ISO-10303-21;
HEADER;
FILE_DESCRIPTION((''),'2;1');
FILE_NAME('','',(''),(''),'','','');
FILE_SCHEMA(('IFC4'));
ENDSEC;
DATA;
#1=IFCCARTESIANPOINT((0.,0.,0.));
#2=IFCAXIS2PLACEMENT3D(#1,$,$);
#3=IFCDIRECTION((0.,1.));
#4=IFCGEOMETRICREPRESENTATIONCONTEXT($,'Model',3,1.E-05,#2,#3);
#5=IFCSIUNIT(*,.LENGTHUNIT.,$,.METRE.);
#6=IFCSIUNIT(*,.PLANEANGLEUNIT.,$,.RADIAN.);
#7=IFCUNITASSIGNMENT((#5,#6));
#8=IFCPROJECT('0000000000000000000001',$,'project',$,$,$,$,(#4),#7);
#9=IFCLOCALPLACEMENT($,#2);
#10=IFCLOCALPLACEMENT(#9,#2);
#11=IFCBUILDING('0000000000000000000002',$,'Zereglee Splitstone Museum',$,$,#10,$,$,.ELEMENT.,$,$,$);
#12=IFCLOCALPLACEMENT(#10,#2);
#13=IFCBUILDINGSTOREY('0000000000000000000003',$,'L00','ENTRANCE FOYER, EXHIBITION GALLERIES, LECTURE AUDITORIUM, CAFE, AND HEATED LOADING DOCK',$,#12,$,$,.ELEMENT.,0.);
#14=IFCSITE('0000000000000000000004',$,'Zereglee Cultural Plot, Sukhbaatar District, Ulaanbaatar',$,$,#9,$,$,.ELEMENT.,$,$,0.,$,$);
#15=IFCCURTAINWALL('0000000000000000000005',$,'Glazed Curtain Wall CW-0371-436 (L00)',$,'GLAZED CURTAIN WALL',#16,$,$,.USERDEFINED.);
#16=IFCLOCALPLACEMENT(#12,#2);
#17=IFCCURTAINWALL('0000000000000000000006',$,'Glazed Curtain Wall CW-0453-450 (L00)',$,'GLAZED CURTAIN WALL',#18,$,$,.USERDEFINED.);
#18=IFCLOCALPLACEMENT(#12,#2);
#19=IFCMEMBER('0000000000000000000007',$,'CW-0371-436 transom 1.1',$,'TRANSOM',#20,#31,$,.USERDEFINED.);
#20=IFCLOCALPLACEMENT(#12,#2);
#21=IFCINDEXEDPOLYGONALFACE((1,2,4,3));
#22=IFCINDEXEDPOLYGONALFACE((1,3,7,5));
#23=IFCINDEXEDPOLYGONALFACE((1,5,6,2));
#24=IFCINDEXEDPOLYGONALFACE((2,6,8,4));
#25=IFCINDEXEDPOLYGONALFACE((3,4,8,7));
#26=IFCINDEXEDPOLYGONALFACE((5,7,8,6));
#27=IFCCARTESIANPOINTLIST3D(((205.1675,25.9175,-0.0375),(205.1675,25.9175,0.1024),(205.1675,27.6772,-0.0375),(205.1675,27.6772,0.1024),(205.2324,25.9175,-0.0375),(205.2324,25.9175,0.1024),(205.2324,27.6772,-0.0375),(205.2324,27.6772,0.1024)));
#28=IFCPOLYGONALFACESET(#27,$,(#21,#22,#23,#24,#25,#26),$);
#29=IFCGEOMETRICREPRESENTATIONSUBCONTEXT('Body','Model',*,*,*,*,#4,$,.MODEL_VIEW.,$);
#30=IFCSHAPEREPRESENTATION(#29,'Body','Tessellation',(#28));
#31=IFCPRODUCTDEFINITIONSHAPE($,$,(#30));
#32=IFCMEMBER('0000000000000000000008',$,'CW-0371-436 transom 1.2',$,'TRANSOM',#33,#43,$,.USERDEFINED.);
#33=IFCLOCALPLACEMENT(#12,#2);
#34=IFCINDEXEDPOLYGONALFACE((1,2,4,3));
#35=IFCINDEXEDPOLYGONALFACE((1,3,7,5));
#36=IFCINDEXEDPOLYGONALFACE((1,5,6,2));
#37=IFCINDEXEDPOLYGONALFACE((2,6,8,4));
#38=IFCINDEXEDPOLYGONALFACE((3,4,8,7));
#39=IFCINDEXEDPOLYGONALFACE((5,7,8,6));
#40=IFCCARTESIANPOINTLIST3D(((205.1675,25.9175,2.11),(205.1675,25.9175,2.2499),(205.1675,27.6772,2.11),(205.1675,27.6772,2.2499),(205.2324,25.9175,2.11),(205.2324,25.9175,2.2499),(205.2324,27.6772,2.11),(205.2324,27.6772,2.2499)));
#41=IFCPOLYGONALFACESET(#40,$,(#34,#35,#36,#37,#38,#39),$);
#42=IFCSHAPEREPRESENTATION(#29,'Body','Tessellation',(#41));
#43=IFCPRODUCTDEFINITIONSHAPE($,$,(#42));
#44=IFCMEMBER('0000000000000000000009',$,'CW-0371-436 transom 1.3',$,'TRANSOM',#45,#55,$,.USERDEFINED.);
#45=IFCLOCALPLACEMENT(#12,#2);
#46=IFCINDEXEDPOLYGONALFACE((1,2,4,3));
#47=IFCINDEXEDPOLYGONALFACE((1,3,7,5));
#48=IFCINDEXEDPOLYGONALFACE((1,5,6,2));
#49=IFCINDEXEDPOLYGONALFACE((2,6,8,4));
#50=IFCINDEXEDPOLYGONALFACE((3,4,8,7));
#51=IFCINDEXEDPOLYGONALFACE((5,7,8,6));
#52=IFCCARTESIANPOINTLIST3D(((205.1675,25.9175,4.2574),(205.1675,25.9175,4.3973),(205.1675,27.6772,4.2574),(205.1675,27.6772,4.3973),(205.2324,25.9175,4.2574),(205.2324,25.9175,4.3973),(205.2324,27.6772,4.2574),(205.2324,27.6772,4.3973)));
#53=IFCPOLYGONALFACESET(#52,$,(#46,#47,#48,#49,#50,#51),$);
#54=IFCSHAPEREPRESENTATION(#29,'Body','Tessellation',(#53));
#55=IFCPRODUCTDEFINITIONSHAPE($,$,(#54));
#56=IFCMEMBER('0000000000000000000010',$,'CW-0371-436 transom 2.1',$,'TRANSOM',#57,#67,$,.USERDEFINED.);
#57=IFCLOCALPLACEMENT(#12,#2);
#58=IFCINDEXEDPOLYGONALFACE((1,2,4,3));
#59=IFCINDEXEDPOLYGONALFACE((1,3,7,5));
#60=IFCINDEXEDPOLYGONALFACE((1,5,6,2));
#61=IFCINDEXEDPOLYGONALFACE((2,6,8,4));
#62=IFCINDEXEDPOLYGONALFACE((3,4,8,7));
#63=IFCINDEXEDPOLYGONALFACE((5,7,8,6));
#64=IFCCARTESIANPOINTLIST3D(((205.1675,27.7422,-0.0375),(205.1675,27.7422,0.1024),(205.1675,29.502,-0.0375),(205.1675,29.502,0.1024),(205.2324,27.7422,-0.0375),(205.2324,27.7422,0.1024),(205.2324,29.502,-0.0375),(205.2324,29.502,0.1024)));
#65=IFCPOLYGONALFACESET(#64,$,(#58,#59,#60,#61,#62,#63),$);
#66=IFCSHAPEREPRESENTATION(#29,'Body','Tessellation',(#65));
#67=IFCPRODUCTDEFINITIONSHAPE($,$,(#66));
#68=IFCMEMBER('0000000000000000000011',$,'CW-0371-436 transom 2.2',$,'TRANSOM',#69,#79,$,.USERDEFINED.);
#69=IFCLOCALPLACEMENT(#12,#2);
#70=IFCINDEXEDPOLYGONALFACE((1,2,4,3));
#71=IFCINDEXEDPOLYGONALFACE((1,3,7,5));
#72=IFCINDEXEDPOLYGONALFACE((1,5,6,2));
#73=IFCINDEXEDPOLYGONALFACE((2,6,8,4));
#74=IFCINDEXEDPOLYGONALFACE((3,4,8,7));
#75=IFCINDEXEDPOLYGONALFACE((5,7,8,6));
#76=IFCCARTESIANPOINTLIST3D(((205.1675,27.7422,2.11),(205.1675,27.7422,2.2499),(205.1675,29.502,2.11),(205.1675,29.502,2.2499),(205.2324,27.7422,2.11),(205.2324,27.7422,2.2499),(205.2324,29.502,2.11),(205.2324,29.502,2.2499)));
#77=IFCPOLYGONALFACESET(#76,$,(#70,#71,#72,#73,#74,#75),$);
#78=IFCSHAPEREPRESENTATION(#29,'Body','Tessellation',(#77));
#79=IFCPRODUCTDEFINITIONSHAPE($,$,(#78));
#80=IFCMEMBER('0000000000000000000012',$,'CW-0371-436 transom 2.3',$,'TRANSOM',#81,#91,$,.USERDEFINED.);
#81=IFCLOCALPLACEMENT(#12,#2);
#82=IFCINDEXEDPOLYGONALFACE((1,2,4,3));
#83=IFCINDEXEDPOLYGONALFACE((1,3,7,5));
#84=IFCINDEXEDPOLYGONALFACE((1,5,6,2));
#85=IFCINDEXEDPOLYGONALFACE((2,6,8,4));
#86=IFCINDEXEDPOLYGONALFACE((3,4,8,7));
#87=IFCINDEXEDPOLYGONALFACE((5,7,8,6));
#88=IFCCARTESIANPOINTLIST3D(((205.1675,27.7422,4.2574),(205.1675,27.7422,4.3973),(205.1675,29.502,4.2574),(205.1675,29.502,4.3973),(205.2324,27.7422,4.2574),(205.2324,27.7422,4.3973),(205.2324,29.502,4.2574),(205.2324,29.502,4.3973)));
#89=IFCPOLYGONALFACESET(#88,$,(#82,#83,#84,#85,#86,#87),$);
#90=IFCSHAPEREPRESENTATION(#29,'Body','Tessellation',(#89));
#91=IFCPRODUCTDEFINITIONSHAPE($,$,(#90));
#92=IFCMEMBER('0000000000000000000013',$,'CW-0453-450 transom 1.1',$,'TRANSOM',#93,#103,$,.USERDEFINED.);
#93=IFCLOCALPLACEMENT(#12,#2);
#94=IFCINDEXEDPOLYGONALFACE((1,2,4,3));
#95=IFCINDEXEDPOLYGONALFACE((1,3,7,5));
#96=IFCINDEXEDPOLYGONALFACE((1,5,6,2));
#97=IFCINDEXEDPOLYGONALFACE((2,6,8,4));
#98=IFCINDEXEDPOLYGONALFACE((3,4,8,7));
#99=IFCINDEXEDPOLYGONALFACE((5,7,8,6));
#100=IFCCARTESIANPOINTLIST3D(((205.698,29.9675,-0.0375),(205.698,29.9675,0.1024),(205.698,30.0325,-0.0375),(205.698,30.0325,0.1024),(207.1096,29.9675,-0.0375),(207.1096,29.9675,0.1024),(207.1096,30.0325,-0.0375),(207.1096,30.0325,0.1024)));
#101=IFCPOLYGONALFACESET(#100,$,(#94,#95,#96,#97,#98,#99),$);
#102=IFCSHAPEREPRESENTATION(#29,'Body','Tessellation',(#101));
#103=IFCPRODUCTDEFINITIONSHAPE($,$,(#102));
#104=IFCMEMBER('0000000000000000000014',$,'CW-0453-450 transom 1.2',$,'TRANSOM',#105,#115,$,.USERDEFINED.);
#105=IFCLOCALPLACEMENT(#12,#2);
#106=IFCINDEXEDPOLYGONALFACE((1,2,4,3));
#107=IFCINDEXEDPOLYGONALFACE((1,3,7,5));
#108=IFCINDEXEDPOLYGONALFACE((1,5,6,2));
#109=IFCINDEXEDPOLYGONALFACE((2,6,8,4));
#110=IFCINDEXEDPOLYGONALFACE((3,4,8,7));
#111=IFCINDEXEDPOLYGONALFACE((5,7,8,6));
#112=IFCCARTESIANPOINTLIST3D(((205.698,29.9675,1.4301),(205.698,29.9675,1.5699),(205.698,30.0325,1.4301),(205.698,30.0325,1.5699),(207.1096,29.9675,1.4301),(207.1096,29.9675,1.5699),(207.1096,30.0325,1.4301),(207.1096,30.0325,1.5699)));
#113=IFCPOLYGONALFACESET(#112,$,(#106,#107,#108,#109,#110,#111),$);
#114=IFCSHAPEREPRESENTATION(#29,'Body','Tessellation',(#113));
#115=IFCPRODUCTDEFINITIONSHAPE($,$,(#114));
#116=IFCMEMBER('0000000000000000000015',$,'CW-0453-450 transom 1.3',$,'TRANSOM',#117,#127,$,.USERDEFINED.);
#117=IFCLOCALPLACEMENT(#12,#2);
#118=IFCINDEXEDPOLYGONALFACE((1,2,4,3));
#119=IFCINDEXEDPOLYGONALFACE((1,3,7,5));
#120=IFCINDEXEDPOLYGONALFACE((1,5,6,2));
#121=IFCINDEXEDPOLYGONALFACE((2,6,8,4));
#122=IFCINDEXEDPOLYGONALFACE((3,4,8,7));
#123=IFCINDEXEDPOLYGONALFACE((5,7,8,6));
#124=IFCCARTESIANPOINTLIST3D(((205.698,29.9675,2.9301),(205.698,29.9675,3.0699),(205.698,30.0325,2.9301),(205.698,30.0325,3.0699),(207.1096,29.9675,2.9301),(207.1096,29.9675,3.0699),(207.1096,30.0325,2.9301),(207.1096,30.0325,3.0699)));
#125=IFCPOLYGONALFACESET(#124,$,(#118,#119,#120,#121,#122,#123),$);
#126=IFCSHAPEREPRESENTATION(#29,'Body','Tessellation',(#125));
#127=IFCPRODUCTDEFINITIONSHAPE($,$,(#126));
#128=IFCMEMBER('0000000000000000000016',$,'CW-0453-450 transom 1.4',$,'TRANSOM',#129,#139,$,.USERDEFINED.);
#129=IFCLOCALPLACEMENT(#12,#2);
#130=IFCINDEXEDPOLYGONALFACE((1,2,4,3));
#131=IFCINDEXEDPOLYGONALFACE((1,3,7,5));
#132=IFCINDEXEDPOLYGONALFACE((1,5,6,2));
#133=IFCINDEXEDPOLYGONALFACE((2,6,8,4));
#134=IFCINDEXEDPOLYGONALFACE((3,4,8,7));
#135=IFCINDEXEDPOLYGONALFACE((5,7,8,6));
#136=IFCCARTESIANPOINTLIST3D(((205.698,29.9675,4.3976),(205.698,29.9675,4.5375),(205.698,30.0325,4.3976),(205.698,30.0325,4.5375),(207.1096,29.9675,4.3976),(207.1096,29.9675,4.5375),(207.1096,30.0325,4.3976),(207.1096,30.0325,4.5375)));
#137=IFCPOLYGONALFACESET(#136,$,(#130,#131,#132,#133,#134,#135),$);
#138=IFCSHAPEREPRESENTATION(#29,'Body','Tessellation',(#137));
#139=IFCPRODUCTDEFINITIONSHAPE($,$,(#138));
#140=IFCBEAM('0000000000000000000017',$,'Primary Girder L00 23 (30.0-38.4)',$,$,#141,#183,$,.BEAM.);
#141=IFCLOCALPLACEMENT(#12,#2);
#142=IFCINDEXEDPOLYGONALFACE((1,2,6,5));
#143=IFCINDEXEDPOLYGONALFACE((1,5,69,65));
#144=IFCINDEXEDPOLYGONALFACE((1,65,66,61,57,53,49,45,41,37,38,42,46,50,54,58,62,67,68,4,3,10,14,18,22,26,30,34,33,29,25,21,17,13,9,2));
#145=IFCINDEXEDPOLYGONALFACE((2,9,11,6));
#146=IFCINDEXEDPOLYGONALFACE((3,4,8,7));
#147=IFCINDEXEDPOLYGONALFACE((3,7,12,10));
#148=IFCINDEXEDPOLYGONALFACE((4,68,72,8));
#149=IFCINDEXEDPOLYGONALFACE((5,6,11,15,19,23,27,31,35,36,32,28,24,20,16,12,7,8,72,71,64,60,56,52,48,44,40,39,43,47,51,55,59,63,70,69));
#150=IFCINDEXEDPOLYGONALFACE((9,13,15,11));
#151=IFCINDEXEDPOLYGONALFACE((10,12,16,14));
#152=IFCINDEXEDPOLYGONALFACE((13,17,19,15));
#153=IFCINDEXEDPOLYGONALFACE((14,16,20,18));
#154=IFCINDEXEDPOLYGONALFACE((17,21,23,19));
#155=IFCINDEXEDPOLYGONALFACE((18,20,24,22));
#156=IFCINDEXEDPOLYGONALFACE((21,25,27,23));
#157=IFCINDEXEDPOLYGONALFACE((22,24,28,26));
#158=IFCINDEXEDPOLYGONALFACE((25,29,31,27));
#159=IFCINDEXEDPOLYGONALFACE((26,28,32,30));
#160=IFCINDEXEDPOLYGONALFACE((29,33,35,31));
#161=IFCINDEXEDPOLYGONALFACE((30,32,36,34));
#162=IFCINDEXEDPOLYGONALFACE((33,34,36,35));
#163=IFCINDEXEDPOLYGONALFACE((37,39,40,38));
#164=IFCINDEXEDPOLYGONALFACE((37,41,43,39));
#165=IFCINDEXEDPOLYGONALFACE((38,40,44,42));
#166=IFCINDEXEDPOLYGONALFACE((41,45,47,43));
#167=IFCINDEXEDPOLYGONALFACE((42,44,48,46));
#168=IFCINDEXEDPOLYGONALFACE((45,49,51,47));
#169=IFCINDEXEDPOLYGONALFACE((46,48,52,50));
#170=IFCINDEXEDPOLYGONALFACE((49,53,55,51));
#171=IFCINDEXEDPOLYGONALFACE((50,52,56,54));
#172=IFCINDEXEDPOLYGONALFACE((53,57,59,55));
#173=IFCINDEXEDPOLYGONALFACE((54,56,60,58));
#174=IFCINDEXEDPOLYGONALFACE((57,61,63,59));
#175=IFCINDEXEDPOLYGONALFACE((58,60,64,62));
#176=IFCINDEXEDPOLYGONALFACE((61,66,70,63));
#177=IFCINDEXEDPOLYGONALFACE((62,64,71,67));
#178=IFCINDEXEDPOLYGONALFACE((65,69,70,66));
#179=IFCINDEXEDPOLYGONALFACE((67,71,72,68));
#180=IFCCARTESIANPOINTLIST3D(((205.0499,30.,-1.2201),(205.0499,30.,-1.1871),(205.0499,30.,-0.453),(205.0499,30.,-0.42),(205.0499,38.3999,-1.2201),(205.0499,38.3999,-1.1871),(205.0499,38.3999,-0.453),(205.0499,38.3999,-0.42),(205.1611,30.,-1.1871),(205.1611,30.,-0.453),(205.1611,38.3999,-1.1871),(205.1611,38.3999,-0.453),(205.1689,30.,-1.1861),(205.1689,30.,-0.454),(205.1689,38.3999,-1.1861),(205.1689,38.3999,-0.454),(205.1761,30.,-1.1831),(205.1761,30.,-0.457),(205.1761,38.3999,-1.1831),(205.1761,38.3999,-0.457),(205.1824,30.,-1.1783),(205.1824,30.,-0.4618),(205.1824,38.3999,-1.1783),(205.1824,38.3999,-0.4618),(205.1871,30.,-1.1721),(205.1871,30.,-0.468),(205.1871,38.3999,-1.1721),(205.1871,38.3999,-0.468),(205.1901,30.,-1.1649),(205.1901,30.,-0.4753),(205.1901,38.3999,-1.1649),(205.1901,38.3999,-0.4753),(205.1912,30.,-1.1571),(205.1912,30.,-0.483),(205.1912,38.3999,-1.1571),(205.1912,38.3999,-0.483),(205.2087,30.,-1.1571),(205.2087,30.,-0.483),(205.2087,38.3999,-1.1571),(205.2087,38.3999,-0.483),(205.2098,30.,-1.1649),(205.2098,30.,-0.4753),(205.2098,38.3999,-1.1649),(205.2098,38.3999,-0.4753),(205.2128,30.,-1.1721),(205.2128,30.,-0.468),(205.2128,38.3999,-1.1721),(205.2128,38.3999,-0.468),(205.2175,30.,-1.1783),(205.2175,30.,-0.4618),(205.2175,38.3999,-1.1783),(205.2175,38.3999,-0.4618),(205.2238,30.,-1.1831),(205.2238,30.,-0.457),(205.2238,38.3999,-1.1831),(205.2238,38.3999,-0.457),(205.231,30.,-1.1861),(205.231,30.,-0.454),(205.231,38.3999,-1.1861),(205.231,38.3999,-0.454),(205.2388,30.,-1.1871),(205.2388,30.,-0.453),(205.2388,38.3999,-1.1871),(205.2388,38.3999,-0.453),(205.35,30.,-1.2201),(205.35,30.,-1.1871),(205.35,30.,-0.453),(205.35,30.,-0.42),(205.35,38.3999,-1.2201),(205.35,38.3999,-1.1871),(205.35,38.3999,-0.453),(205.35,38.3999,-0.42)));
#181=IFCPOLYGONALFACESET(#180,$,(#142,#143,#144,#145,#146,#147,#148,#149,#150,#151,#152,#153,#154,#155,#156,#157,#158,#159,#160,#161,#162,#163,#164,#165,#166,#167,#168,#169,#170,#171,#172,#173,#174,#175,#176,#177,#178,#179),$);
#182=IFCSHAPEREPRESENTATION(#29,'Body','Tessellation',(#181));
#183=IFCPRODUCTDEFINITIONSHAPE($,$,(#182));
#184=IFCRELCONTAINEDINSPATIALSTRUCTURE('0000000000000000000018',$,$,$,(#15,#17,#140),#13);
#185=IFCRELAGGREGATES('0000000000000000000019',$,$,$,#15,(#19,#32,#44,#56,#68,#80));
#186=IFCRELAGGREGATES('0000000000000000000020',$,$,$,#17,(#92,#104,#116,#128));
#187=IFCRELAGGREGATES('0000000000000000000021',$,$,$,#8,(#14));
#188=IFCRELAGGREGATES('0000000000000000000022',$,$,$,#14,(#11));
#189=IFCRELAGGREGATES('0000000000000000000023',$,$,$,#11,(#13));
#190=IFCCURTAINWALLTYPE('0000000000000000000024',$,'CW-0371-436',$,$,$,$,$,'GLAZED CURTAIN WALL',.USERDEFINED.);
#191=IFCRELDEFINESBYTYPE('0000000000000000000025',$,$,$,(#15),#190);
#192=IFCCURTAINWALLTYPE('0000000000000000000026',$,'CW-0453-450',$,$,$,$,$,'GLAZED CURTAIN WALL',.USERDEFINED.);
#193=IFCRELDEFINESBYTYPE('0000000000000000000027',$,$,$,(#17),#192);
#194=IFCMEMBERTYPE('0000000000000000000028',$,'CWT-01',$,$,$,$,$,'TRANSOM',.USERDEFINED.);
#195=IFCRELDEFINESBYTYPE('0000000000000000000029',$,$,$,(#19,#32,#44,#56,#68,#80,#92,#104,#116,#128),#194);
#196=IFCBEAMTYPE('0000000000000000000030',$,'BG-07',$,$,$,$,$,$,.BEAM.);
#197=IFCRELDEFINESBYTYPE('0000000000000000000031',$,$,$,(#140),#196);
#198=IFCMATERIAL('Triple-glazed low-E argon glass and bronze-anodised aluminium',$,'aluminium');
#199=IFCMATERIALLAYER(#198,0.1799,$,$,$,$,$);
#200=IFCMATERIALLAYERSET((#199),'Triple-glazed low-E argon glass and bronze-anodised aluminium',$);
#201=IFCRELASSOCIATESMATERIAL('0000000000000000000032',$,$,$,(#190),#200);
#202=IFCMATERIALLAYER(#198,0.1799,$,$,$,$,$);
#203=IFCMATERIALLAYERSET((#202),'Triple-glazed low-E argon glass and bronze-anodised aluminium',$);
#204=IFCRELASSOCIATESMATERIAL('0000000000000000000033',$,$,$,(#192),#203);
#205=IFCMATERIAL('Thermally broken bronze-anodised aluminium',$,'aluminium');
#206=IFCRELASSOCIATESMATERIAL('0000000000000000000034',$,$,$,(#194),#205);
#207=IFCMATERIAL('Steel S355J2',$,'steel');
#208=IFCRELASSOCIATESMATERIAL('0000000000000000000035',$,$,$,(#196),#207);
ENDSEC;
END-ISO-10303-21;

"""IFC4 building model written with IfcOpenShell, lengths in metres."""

from ifc_helpers import new_model, si_unit, direction, frame, origin, origin_2d, place, context, subcontext, project, spatial, rectangle, i_section, extrude, material, layer, layer_set, material_profile, profile_set, type_object, element, aggregate, save


model = new_model("IFC4")

# Units and contexts
model_context = context("Model", 3, precision=1e-05, world=origin(), true_north=direction((0.0, 1.0)))
body_context = subcontext(model_context, "Body", "Model", "MODEL_VIEW")
ifc_project = project(units=[si_unit("LENGTHUNIT", "METRE"), si_unit("PLANEANGLEUNIT", "RADIAN")], contexts=[model_context])

# Site, building, storey
site_placement = place(None, origin())
site = spatial("IfcSite", under=ifc_project, at=site_placement, Name="Zereglee Cultural Plot, Sukhbaatar District, Ulaanbaatar", CompositionType="ELEMENT", RefElevation=0.0)
building_placement = place(site_placement, origin())
building = spatial("IfcBuilding", under=site, at=building_placement, Name="Zereglee Splitstone Museum", CompositionType="ELEMENT")
storey_placement = place(building_placement, origin())
storey = spatial("IfcBuildingStorey", under=building, at=storey_placement, Name="L00", Description="ENTRANCE FOYER, EXHIBITION GALLERIES, LECTURE AUDITORIUM, CAFE, AND HEATED LOADING DOCK", CompositionType="ELEMENT", Elevation=0.0)

# Curtain wall
ifc_material_1 = material(Name="Triple-glazed low-E argon glass and bronze-anodised aluminium", Category="aluminium")
ifc_material_2 = material(Name="Thermally broken bronze-anodised aluminium", Category="aluminium")
ifc_layer_1 = layer(ifc_material_1, 0.1799)
ifc_layer_set_1 = layer_set([ifc_layer_1], Name="Triple-glazed low-E argon glass and bronze-anodised aluminium")
curtain_wall_type_1 = type_object("IfcCurtainWallType", Name="CW-0371-436", ElementType="GLAZED CURTAIN WALL", PredefinedType="USERDEFINED", material=ifc_layer_set_1)
curtain_wall_1_placement = place(storey_placement, origin())
curtain_wall_1 = element("IfcCurtainWall", 1, at=curtain_wall_1_placement, inside=storey, type_object=curtain_wall_type_1, Name="Glazed Curtain Wall CW-0371-436 (L00)", ObjectType="GLAZED CURTAIN WALL", PredefinedType="USERDEFINED")

# Curtain wall
ifc_layer_2 = layer(ifc_material_1, 0.1799)
ifc_layer_set_2 = layer_set([ifc_layer_2], Name="Triple-glazed low-E argon glass and bronze-anodised aluminium")
curtain_wall_type_2 = type_object("IfcCurtainWallType", Name="CW-0453-450", ElementType="GLAZED CURTAIN WALL", PredefinedType="USERDEFINED", material=ifc_layer_set_2)
curtain_wall_2_placement = place(storey_placement, origin())
curtain_wall_2 = element("IfcCurtainWall", 2, at=curtain_wall_2_placement, inside=storey, type_object=curtain_wall_type_2, Name="Glazed Curtain Wall CW-0453-450 (L00)", ObjectType="GLAZED CURTAIN WALL", PredefinedType="USERDEFINED")

# Members
ifc_material_profile_1 = material_profile(ifc_material_2, rectangle(XDim=0.0649, YDim=0.1399, at=origin_2d()), Name="CW TRAN 65x140")
ifc_profile_set_1 = profile_set([ifc_material_profile_1], Name="Thermally broken bronze-anodised aluminium")
member_type_1 = type_object("IfcMemberType", Name="CWT-01", ElementType="TRANSOM", PredefinedType="USERDEFINED", material=ifc_profile_set_1)
member_1_placement = place(storey_placement, frame((205.2, 25.9175, 0.0325), z_axis=(0.0, 1.0, 0.0), x_axis=(-1.0, 0.0, 0.0)))
member_1 = element("IfcMember", 3, at=member_1_placement, type_object=member_type_1, Name="CW-0371-436 transom 1.1", ObjectType="TRANSOM", PredefinedType="USERDEFINED", context=body_context, shape_type="SweptSolid", body=[
    extrude(rectangle(XDim=0.0649, YDim=0.1399, at=origin_2d()), origin(), (0.0, 0.0, 1.0), 1.7598),
])
member_2_placement = place(storey_placement, frame((205.2, 25.9175, 2.1799), z_axis=(0.0, 1.0, 0.0), x_axis=(-1.0, 0.0, 0.0)))
member_2 = element("IfcMember", 4, at=member_2_placement, type_object=member_type_1, Name="CW-0371-436 transom 1.2", ObjectType="TRANSOM", PredefinedType="USERDEFINED", context=body_context, shape_type="SweptSolid", body=[
    extrude(rectangle(XDim=0.0649, YDim=0.1399, at=origin_2d()), origin(), (0.0, 0.0, 1.0), 1.7598),
])
member_3_placement = place(storey_placement, frame((205.2, 25.9175, 4.3274), z_axis=(0.0, 1.0, 0.0), x_axis=(-1.0, 0.0, 0.0)))
member_3 = element("IfcMember", 5, at=member_3_placement, type_object=member_type_1, Name="CW-0371-436 transom 1.3", ObjectType="TRANSOM", PredefinedType="USERDEFINED", context=body_context, shape_type="SweptSolid", body=[
    extrude(rectangle(XDim=0.0649, YDim=0.1399, at=origin_2d()), origin(), (0.0, 0.0, 1.0), 1.7598),
])
member_4_placement = place(storey_placement, frame((205.2, 27.7422, 0.0325), z_axis=(0.0, 1.0, 0.0), x_axis=(-1.0, 0.0, 0.0)))
member_4 = element("IfcMember", 6, at=member_4_placement, type_object=member_type_1, Name="CW-0371-436 transom 2.1", ObjectType="TRANSOM", PredefinedType="USERDEFINED", context=body_context, shape_type="SweptSolid", body=[
    extrude(rectangle(XDim=0.0649, YDim=0.1399, at=origin_2d()), origin(), (0.0, 0.0, 1.0), 1.7598),
])
member_5_placement = place(storey_placement, frame((205.2, 27.7422, 2.1799), z_axis=(0.0, 1.0, 0.0), x_axis=(-1.0, 0.0, 0.0)))
member_5 = element("IfcMember", 7, at=member_5_placement, type_object=member_type_1, Name="CW-0371-436 transom 2.2", ObjectType="TRANSOM", PredefinedType="USERDEFINED", context=body_context, shape_type="SweptSolid", body=[
    extrude(rectangle(XDim=0.0649, YDim=0.1399, at=origin_2d()), origin(), (0.0, 0.0, 1.0), 1.7598),
])
member_6_placement = place(storey_placement, frame((205.2, 27.7422, 4.3274), z_axis=(0.0, 1.0, 0.0), x_axis=(-1.0, 0.0, 0.0)))
member_6 = element("IfcMember", 8, at=member_6_placement, type_object=member_type_1, Name="CW-0371-436 transom 2.3", ObjectType="TRANSOM", PredefinedType="USERDEFINED", context=body_context, shape_type="SweptSolid", body=[
    extrude(rectangle(XDim=0.0649, YDim=0.1399, at=origin_2d()), origin(), (0.0, 0.0, 1.0), 1.7598),
])
member_7_placement = place(storey_placement, frame((205.698, 30.0, 0.0325), z_axis=(1.0, 0.0, 0.0), x_axis=(0.0, 1.0, 0.0)))
member_7 = element("IfcMember", 9, at=member_7_placement, type_object=member_type_1, Name="CW-0453-450 transom 1.1", ObjectType="TRANSOM", PredefinedType="USERDEFINED", context=body_context, shape_type="SweptSolid", body=[
    extrude(rectangle(XDim=0.0649, YDim=0.1399, at=origin_2d()), origin(), (0.0, 0.0, 1.0), 1.4116),
])
member_8_placement = place(storey_placement, frame((205.698, 30.0, 1.5), z_axis=(1.0, 0.0, 0.0), x_axis=(0.0, 1.0, 0.0)))
member_8 = element("IfcMember", 10, at=member_8_placement, type_object=member_type_1, Name="CW-0453-450 transom 1.2", ObjectType="TRANSOM", PredefinedType="USERDEFINED", context=body_context, shape_type="SweptSolid", body=[
    extrude(rectangle(XDim=0.0649, YDim=0.1399, at=origin_2d()), origin(), (0.0, 0.0, 1.0), 1.4116),
])
member_9_placement = place(storey_placement, frame((205.698, 30.0, 3.0), z_axis=(1.0, 0.0, 0.0), x_axis=(0.0, 1.0, 0.0)))
member_9 = element("IfcMember", 11, at=member_9_placement, type_object=member_type_1, Name="CW-0453-450 transom 1.3", ObjectType="TRANSOM", PredefinedType="USERDEFINED", context=body_context, shape_type="SweptSolid", body=[
    extrude(rectangle(XDim=0.0649, YDim=0.1399, at=origin_2d()), origin(), (0.0, 0.0, 1.0), 1.4116),
])
member_10_placement = place(storey_placement, frame((205.698, 30.0, 4.4675), z_axis=(1.0, 0.0, 0.0), x_axis=(0.0, 1.0, 0.0)))
member_10 = element("IfcMember", 12, at=member_10_placement, type_object=member_type_1, Name="CW-0453-450 transom 1.4", ObjectType="TRANSOM", PredefinedType="USERDEFINED", context=body_context, shape_type="SweptSolid", body=[
    extrude(rectangle(XDim=0.0649, YDim=0.1399, at=origin_2d()), origin(), (0.0, 0.0, 1.0), 1.4116),
])

# Beam
ifc_material_3 = material(Name="Steel S355J2", Category="steel")
ifc_material_profile_2 = material_profile(ifc_material_3, i_section(OverallWidth=0.3, OverallDepth=0.8, WebThickness=0.0176, FlangeThickness=0.033, FilletRadius=0.03, at=origin_2d()), Name="HE 800 B")
ifc_profile_set_2 = profile_set([ifc_material_profile_2], Name="Steel S355J2")
beam_type_1 = type_object("IfcBeamType", Name="BG-07", PredefinedType="BEAM", material=ifc_profile_set_2)
beam_1_placement = place(storey_placement, frame((205.2, 30.0, -0.8201), z_axis=(0.0, 1.0, 0.0), x_axis=(-1.0, 0.0, 0.0)))
element("IfcBeam", 13, at=beam_1_placement, inside=storey, type_object=beam_type_1, Name="Primary Girder L00 23 (30.0-38.4)", PredefinedType="BEAM", context=body_context, shape_type="SweptSolid", body=[
    extrude(i_section(OverallWidth=0.3, OverallDepth=0.8, WebThickness=0.0176, FlangeThickness=0.033, FilletRadius=0.03, at=origin_2d()), origin(), (0.0, 0.0, 1.0), 8.3999),
])

aggregate(curtain_wall_1, [member_1, member_2, member_3, member_4, member_5, member_6])
aggregate(curtain_wall_2, [member_7, member_8, member_9, member_10])

save(model, "model.ifc")
